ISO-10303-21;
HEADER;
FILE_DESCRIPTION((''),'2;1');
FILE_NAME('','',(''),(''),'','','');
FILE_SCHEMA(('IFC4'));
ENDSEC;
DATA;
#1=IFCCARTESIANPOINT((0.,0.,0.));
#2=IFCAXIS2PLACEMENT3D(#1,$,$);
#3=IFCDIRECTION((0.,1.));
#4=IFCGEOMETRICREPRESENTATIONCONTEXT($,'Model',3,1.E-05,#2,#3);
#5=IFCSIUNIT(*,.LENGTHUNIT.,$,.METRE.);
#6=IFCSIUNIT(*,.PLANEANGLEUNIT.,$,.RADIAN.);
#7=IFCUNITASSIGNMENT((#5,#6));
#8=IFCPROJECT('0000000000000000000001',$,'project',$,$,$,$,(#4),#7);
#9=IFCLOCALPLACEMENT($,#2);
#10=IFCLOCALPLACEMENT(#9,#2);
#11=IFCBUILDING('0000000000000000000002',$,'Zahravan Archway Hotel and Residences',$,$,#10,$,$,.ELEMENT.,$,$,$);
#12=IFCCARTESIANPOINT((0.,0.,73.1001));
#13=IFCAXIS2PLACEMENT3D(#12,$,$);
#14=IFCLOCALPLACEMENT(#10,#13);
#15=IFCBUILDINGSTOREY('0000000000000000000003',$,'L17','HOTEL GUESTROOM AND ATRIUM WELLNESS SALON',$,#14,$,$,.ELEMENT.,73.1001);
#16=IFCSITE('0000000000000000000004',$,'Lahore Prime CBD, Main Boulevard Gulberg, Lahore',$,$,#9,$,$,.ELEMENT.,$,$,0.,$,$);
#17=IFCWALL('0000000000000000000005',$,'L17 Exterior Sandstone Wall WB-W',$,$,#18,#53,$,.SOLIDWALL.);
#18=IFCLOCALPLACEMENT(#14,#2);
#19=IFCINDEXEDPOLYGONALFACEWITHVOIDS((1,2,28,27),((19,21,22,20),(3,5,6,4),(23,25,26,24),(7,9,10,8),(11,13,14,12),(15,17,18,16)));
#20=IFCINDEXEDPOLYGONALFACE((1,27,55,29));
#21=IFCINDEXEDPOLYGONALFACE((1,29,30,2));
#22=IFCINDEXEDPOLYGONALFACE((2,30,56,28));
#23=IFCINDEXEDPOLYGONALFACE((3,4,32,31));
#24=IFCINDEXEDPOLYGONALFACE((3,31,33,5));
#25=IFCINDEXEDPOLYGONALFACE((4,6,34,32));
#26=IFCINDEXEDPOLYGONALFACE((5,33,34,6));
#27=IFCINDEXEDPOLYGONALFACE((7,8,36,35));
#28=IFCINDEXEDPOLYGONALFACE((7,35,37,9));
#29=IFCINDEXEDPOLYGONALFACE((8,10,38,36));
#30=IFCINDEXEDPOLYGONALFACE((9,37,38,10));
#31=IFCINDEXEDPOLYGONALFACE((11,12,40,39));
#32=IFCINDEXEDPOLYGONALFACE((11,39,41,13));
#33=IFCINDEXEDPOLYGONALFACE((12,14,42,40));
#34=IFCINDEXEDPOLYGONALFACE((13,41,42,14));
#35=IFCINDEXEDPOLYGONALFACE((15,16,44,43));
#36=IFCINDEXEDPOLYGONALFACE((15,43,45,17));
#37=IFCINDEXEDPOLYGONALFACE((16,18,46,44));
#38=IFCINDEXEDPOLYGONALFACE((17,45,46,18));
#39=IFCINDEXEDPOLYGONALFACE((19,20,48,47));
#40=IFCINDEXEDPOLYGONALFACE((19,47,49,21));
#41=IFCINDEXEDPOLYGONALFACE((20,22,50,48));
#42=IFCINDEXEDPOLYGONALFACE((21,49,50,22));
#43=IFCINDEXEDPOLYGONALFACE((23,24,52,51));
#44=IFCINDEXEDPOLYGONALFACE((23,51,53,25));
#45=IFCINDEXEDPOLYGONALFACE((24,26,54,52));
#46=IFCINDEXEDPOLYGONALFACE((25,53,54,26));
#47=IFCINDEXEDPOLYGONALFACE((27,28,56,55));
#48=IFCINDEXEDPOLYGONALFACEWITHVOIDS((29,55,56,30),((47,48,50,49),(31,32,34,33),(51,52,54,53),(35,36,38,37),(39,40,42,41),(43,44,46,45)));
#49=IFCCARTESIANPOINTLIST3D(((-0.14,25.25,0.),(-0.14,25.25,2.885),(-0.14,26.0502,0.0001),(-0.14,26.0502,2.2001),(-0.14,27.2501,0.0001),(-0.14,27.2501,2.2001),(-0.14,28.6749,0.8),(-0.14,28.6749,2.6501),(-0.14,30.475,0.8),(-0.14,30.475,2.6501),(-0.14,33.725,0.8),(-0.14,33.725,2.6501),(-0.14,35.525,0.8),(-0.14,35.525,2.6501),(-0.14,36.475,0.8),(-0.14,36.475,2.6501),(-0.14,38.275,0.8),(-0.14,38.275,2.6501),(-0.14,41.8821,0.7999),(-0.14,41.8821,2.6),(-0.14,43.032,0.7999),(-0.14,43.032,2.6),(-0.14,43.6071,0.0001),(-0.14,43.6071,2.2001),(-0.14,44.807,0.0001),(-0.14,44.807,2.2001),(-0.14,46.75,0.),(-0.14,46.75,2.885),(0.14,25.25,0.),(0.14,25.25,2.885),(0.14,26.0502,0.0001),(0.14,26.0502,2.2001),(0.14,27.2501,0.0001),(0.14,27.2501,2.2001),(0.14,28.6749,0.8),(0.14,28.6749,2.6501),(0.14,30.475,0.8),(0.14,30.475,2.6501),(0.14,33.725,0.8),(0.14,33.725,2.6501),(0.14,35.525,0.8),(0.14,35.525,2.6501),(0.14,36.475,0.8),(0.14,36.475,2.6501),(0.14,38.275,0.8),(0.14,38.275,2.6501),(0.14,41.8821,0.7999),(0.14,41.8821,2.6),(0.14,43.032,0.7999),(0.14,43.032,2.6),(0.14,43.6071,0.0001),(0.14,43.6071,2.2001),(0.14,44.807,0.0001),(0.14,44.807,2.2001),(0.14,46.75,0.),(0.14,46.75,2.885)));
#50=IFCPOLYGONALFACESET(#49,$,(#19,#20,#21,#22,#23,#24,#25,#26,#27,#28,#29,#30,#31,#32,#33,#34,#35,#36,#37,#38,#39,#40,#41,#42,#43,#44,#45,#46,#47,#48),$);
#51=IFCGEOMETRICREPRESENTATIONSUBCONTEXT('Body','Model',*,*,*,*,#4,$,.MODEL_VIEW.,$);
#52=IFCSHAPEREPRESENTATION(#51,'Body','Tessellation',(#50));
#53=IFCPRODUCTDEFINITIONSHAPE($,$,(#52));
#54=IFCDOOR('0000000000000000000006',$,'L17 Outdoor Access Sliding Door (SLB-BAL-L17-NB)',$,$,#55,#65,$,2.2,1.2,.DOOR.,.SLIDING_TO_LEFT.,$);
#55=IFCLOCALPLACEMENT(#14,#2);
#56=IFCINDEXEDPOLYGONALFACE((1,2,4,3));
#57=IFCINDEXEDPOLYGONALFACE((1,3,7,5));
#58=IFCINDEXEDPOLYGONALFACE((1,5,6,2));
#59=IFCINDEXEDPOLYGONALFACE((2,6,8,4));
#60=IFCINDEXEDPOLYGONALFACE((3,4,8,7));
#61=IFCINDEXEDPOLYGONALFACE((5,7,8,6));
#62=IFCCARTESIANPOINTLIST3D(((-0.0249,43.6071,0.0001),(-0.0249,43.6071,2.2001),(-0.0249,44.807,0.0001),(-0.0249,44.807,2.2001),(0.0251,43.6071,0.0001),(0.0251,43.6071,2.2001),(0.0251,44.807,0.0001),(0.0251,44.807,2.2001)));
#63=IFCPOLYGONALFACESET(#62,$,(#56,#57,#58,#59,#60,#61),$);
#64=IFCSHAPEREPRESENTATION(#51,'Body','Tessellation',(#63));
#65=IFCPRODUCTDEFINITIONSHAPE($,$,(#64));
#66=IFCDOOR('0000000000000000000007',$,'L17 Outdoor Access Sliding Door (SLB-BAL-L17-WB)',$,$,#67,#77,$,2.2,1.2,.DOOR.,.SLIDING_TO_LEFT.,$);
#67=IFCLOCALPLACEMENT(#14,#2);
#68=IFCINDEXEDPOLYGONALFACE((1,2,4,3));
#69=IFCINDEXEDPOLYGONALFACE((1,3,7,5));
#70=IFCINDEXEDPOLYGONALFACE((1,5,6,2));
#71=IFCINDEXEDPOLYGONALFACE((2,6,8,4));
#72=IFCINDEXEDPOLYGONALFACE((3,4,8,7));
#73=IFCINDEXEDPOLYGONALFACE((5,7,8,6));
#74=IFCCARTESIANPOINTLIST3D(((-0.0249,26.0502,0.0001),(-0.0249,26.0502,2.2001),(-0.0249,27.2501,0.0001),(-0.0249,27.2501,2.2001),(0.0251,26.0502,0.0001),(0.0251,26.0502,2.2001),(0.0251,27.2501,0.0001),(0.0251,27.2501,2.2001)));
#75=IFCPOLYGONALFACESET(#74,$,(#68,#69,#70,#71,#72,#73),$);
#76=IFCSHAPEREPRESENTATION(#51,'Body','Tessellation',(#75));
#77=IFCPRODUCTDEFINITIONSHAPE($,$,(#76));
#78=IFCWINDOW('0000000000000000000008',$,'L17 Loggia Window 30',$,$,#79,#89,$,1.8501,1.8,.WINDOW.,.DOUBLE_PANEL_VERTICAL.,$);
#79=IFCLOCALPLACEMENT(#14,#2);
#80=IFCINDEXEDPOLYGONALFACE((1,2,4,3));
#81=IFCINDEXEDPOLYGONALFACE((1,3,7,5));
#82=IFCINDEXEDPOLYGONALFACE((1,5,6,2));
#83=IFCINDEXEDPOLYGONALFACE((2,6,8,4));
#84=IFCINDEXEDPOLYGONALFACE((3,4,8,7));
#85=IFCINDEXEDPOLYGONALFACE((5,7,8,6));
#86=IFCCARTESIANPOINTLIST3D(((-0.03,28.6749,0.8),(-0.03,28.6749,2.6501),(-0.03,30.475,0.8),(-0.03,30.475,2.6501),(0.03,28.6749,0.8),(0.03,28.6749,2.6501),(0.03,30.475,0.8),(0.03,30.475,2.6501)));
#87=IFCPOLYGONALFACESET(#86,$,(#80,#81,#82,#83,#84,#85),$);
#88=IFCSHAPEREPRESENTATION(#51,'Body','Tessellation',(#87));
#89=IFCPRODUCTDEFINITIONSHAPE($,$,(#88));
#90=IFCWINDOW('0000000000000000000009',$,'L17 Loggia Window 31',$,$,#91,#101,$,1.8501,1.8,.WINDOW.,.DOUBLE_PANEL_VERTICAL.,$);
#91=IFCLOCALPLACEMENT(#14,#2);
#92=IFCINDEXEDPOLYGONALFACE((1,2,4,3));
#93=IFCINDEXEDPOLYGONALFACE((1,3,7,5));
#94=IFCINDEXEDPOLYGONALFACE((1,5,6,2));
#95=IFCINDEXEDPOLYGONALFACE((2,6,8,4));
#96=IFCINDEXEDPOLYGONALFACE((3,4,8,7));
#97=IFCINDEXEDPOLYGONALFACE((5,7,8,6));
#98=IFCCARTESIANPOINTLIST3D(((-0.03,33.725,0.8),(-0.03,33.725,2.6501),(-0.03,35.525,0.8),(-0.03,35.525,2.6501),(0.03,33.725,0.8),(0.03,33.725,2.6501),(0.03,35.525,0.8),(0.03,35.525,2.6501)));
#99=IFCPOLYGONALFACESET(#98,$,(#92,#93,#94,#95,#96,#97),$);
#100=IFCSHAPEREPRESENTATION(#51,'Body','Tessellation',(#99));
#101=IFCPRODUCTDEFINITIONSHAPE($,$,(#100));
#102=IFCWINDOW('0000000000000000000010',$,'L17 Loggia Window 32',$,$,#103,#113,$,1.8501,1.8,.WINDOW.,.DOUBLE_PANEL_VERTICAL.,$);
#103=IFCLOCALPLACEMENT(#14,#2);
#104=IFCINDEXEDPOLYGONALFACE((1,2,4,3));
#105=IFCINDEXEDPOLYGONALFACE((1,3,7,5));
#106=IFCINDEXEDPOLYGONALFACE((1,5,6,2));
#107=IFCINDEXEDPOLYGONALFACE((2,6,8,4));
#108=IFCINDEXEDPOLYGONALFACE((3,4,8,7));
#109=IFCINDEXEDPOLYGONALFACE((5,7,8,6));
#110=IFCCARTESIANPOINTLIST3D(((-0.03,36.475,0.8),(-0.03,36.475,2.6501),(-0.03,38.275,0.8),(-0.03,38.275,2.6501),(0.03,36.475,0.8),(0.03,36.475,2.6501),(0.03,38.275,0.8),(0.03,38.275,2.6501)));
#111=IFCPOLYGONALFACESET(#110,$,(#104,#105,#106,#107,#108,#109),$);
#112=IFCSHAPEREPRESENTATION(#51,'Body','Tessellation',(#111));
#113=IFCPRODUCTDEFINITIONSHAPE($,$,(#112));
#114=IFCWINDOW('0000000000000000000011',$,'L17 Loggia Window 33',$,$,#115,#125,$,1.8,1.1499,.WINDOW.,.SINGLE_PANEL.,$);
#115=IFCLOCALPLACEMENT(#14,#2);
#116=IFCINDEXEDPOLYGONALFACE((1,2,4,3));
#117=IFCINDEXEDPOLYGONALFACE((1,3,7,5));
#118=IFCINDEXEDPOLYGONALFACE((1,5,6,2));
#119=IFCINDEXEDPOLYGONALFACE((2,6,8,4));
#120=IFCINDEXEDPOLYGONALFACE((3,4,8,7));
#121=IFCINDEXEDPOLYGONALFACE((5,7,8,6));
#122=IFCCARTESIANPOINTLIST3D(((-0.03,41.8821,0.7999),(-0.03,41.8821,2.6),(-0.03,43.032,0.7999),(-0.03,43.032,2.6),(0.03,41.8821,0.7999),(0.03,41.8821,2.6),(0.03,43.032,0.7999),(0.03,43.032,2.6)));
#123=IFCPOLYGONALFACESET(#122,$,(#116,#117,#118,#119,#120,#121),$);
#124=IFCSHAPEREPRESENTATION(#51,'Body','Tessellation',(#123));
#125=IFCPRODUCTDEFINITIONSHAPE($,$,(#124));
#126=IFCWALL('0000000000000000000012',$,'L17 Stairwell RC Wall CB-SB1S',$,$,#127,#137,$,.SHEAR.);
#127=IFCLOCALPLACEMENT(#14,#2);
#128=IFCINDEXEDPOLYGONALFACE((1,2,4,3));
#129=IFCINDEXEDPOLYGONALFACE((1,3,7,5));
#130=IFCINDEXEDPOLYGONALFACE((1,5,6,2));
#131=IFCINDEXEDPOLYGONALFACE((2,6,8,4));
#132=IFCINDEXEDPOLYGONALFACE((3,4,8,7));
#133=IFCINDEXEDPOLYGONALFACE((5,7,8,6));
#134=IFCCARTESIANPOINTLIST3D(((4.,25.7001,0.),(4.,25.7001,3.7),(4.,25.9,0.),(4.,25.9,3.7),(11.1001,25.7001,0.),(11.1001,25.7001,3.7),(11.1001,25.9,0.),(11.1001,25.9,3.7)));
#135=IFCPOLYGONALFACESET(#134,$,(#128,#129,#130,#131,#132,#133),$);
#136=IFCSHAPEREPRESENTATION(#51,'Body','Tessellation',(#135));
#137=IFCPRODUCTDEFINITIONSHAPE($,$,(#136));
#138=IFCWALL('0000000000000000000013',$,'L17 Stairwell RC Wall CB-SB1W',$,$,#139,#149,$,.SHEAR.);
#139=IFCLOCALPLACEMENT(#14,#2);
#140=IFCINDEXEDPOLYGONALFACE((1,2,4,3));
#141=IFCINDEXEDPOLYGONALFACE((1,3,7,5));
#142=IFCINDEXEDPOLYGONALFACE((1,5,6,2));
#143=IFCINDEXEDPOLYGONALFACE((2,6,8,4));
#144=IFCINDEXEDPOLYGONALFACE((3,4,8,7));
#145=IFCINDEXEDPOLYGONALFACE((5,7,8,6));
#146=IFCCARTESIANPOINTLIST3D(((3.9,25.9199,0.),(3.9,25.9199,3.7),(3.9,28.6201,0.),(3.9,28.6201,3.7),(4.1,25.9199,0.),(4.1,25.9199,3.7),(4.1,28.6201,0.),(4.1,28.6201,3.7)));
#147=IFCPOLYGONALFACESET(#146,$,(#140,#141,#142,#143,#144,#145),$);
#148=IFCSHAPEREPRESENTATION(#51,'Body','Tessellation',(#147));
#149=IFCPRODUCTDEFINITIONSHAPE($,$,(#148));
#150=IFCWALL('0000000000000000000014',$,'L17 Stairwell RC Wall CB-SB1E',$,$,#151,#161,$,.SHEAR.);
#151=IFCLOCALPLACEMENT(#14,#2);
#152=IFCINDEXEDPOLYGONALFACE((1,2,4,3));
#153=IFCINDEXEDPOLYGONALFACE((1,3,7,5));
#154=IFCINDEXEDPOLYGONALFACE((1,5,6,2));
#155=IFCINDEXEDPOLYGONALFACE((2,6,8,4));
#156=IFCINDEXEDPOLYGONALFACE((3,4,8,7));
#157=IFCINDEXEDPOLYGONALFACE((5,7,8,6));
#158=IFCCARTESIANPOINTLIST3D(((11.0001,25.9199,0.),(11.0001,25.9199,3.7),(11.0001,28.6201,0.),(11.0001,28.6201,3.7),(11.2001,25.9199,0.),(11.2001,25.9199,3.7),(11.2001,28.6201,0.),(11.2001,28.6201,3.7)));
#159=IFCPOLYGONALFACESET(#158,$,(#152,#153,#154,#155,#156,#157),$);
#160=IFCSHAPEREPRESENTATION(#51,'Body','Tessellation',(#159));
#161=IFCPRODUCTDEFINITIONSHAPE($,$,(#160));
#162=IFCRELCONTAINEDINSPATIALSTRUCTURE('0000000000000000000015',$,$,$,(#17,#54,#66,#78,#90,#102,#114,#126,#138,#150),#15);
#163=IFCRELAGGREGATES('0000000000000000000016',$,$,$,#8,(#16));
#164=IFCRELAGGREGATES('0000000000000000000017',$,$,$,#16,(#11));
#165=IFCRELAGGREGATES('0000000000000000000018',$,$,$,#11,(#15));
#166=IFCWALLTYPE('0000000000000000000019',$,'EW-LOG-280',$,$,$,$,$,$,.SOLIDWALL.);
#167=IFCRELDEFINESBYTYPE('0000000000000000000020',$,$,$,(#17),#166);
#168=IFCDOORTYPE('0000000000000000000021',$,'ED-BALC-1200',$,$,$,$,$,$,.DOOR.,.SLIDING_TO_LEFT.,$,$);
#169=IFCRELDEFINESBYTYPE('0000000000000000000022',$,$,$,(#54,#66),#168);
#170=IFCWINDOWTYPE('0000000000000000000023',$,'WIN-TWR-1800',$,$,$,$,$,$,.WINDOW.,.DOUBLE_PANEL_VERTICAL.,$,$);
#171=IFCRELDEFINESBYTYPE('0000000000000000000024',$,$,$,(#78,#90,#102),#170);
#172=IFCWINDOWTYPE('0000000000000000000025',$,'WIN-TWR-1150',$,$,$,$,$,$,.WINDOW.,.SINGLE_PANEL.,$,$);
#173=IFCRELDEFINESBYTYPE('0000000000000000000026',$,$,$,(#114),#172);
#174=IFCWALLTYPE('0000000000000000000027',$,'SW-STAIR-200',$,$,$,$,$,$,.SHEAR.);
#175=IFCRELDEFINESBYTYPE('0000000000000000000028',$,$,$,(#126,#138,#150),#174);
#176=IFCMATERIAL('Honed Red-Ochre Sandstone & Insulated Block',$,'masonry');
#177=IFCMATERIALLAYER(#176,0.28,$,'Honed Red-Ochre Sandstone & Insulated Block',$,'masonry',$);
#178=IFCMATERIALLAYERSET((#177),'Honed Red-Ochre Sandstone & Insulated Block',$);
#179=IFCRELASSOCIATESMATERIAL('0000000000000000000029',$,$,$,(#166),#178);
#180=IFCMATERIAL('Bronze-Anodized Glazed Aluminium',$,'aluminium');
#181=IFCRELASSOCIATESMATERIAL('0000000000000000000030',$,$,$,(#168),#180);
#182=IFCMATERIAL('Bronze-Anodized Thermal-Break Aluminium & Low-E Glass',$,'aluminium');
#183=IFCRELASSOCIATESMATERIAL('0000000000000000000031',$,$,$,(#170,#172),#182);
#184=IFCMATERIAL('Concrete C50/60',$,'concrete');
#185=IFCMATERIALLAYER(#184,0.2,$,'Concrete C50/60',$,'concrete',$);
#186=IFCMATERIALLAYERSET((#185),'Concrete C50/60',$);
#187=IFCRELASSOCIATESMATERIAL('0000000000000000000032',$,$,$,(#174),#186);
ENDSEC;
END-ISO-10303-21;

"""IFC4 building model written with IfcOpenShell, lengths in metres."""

from ifc_helpers import new_model, si_unit, direction, frame, frame_2d, origin, place, context, subcontext, project, spatial, rectangle, extrude, source, transform, mapped, material, layer, layer_set, type_object, type_shapes, element, fill, save


model = new_model("IFC4")

# Units and contexts
model_context = context("Model", 3, precision=1e-05, world=origin(), true_north=direction((0.0, 1.0)))
body_context = subcontext(model_context, "Body", "Model", "MODEL_VIEW")
ifc_project = project(units=[si_unit("LENGTHUNIT", "METRE"), si_unit("PLANEANGLEUNIT", "RADIAN")], contexts=[model_context])

# Site, building, storey
site_placement = place(None, origin())
site = spatial("IfcSite", under=ifc_project, at=site_placement, Name="Lahore Prime CBD, Main Boulevard Gulberg, Lahore", CompositionType="ELEMENT", RefElevation=0.0)
building_placement = place(site_placement, origin())
building = spatial("IfcBuilding", under=site, at=building_placement, Name="Zahravan Archway Hotel and Residences", CompositionType="ELEMENT")
storey_placement = place(building_placement, frame((0.0, 0.0, 73.1001)))
storey = spatial("IfcBuildingStorey", under=building, at=storey_placement, Name="L17", Description="HOTEL GUESTROOM AND ATRIUM WELLNESS SALON", CompositionType="ELEMENT", Elevation=73.1001)

# Shared definitions
ifc_material_1 = material(Name="Honed Red-Ochre Sandstone & Insulated Block", Category="masonry")
ifc_layer_1 = layer(ifc_material_1, 0.28, Name="Honed Red-Ochre Sandstone & Insulated Block", Category="masonry")
ifc_layer_set_1 = layer_set([ifc_layer_1], Name="Honed Red-Ochre Sandstone & Insulated Block")
wall_type_1 = type_object("IfcWallType", Name="EW-LOG-280", PredefinedType="SOLIDWALL", material=ifc_layer_set_1)
ifc_material_2 = material(Name="Bronze-Anodized Thermal-Break Aluminium & Low-E Glass", Category="aluminium")

# Wall, openings, doors, windows
wall_1_placement = place(storey_placement, frame((0.0, 25.25, 0.0), z_axis=(0.0, 0.0, 1.0), x_axis=(0.0, 1.0, 0.0)))
wall_1 = element("IfcWall", 1, at=wall_1_placement, inside=storey, type_object=wall_type_1, Name="L17 Exterior Sandstone Wall WB-W", PredefinedType="SOLIDWALL", context=body_context, shape_type="SweptSolid", body=[
    extrude(rectangle(XDim=21.5, YDim=0.28, at=frame_2d((10.75, 0.0))), origin(), (0.0, 0.0, 1.0), 2.885),
])
opening_1_placement = place(wall_1_placement, frame((18.3569, 0.0, 0.0)))
opening_1 = element("IfcOpeningElement", 2, at=opening_1_placement, cuts=wall_1, PredefinedType="OPENING", context=body_context, shape_type="SweptSolid", body=[
    extrude(rectangle(XDim=1.2, YDim=2.2, at=frame_2d((0.6001, 1.1001))), frame((0.0, 0.1499, 0.0), z_axis=(0.0, -1.0, 0.0), x_axis=(1.0, 0.0, 0.0)), (0.0, 0.0, 1.0), 0.3),
])
opening_2_placement = place(wall_1_placement, frame((0.8, 0.0, 0.0)))
opening_2 = element("IfcOpeningElement", 3, at=opening_2_placement, cuts=wall_1, PredefinedType="OPENING", context=body_context, shape_type="SweptSolid", body=[
    extrude(rectangle(XDim=1.2, YDim=2.2, at=frame_2d((0.6001, 1.1001))), frame((0.0, 0.1499, 0.0), z_axis=(0.0, -1.0, 0.0), x_axis=(1.0, 0.0, 0.0)), (0.0, 0.0, 1.0), 0.3),
])
opening_3_placement = place(wall_1_placement, frame((3.425, 0.0, 0.8)))
opening_3 = element("IfcOpeningElement", 4, at=opening_3_placement, cuts=wall_1, PredefinedType="OPENING", context=body_context, shape_type="SweptSolid", body=[
    extrude(rectangle(XDim=1.8, YDim=1.8501, at=frame_2d((0.8999, 0.925))), frame((0.0, 0.1499, 0.0), z_axis=(0.0, -1.0, 0.0), x_axis=(1.0, 0.0, 0.0)), (0.0, 0.0, 1.0), 0.3),
])
opening_4_placement = place(wall_1_placement, frame((8.4751, 0.0, 0.8)))
opening_4 = element("IfcOpeningElement", 5, at=opening_4_placement, cuts=wall_1, PredefinedType="OPENING", context=body_context, shape_type="SweptSolid", body=[
    extrude(rectangle(XDim=1.8, YDim=1.8501, at=frame_2d((0.8999, 0.925))), frame((0.0, 0.1499, 0.0), z_axis=(0.0, -1.0, 0.0), x_axis=(1.0, 0.0, 0.0)), (0.0, 0.0, 1.0), 0.3),
])
opening_5_placement = place(wall_1_placement, frame((11.2251, 0.0, 0.8)))
opening_5 = element("IfcOpeningElement", 6, at=opening_5_placement, cuts=wall_1, PredefinedType="OPENING", context=body_context, shape_type="SweptSolid", body=[
    extrude(rectangle(XDim=1.8, YDim=1.8501, at=frame_2d((0.8999, 0.925))), frame((0.0, 0.1499, 0.0), z_axis=(0.0, -1.0, 0.0), x_axis=(1.0, 0.0, 0.0)), (0.0, 0.0, 1.0), 0.3),
])
opening_6_placement = place(wall_1_placement, frame((16.6321, 0.0, 0.8)))
opening_6 = element("IfcOpeningElement", 7, at=opening_6_placement, cuts=wall_1, PredefinedType="OPENING", context=body_context, shape_type="SweptSolid", body=[
    extrude(rectangle(XDim=1.1499, YDim=1.8, at=frame_2d((0.575, 0.8999))), frame((0.0, 0.1499, 0.0), z_axis=(0.0, -1.0, 0.0), x_axis=(1.0, 0.0, 0.0)), (0.0, 0.0, 1.0), 0.3),
])
ifc_material_3 = material(Name="Bronze-Anodized Glazed Aluminium", Category="aluminium")
door_type_1 = type_object("IfcDoorType", Name="ED-BALC-1200", OperationType="SLIDING_TO_LEFT", PredefinedType="DOOR", material=ifc_material_3)
shared_shape_1 = source(origin(), body_context, "Body", "SweptSolid", [
    extrude(rectangle(XDim=1.2, YDim=2.2, at=frame_2d((0.6001, 1.1001))), frame((0.0, 0.0249, 0.0), z_axis=(0.0, -1.0, 0.0), x_axis=(1.0, 0.0, 0.0)), (0.0, 0.0, 1.0), 0.05),
])
type_shapes(door_type_1, [shared_shape_1])
door_1_placement = place(opening_1_placement, origin())
door_1 = element("IfcDoor", 8, at=door_1_placement, inside=storey, type_object=door_type_1, Name="L17 Outdoor Access Sliding Door (SLB-BAL-L17-NB)", OperationType="SLIDING_TO_LEFT", OverallHeight=2.2, OverallWidth=1.2, PredefinedType="DOOR", context=body_context, shape_type="MappedRepresentation", body=[
    mapped(shared_shape_1, transform((0.0, 0.0, 0.0), scale=1.0)),
])
fill(opening_1, door_1)
door_2_placement = place(opening_2_placement, origin())
door_2 = element("IfcDoor", 9, at=door_2_placement, inside=storey, type_object=door_type_1, Name="L17 Outdoor Access Sliding Door (SLB-BAL-L17-WB)", OperationType="SLIDING_TO_LEFT", OverallHeight=2.2, OverallWidth=1.2, PredefinedType="DOOR", context=body_context, shape_type="MappedRepresentation", body=[
    mapped(shared_shape_1, transform((0.0, 0.0, 0.0), scale=1.0)),
])
fill(opening_2, door_2)
window_type_1 = type_object("IfcWindowType", Name="WIN-TWR-1800", PartitioningType="DOUBLE_PANEL_VERTICAL", PredefinedType="WINDOW", material=ifc_material_2)
shared_shape_2 = source(origin(), body_context, "Body", "SweptSolid", [
    extrude(rectangle(XDim=1.8, YDim=1.8501, at=frame_2d((0.8999, 0.925))), frame((0.0, 0.03, 0.0), z_axis=(0.0, -1.0, 0.0), x_axis=(1.0, 0.0, 0.0)), (0.0, 0.0, 1.0), 0.0601),
])
type_shapes(window_type_1, [shared_shape_2])
window_1_placement = place(opening_3_placement, origin())
window_1 = element("IfcWindow", 10, at=window_1_placement, inside=storey, type_object=window_type_1, Name="L17 Loggia Window 30", OverallHeight=1.8501, OverallWidth=1.8, PartitioningType="DOUBLE_PANEL_VERTICAL", PredefinedType="WINDOW", context=body_context, shape_type="MappedRepresentation", body=[
    mapped(shared_shape_2, transform((0.0, 0.0, 0.0), scale=1.0)),
])
fill(opening_3, window_1)
window_2_placement = place(opening_4_placement, origin())
window_2 = element("IfcWindow", 11, at=window_2_placement, inside=storey, type_object=window_type_1, Name="L17 Loggia Window 31", OverallHeight=1.8501, OverallWidth=1.8, PartitioningType="DOUBLE_PANEL_VERTICAL", PredefinedType="WINDOW", context=body_context, shape_type="MappedRepresentation", body=[
    mapped(shared_shape_2, transform((0.0, 0.0, 0.0), scale=1.0)),
])
fill(opening_4, window_2)
window_3_placement = place(opening_5_placement, origin())
window_3 = element("IfcWindow", 12, at=window_3_placement, inside=storey, type_object=window_type_1, Name="L17 Loggia Window 32", OverallHeight=1.8501, OverallWidth=1.8, PartitioningType="DOUBLE_PANEL_VERTICAL", PredefinedType="WINDOW", context=body_context, shape_type="MappedRepresentation", body=[
    mapped(shared_shape_2, transform((0.0, 0.0, 0.0), scale=1.0)),
])
fill(opening_5, window_3)
window_type_2 = type_object("IfcWindowType", Name="WIN-TWR-1150", PartitioningType="SINGLE_PANEL", PredefinedType="WINDOW", material=ifc_material_2)
shared_shape_3 = source(origin(), body_context, "Body", "SweptSolid", [
    extrude(rectangle(XDim=1.1499, YDim=1.8, at=frame_2d((0.575, 0.8999))), frame((0.0, 0.03, 0.0), z_axis=(0.0, -1.0, 0.0), x_axis=(1.0, 0.0, 0.0)), (0.0, 0.0, 1.0), 0.0601),
])
type_shapes(window_type_2, [shared_shape_3])
window_4_placement = place(opening_6_placement, origin())
window_4 = element("IfcWindow", 13, at=window_4_placement, inside=storey, type_object=window_type_2, Name="L17 Loggia Window 33", OverallHeight=1.8, OverallWidth=1.1499, PartitioningType="SINGLE_PANEL", PredefinedType="WINDOW", context=body_context, shape_type="MappedRepresentation", body=[
    mapped(shared_shape_3, transform((0.0, 0.0, 0.0), scale=1.0)),
])
fill(opening_6, window_4)

# Walls
ifc_material_4 = material(Name="Concrete C50/60", Category="concrete")
ifc_layer_2 = layer(ifc_material_4, 0.2, Name="Concrete C50/60", Category="concrete")
ifc_layer_set_2 = layer_set([ifc_layer_2], Name="Concrete C50/60")
wall_type_2 = type_object("IfcWallType", Name="SW-STAIR-200", PredefinedType="SHEAR", material=ifc_layer_set_2)
wall_2_placement = place(storey_placement, frame((4.0, 25.8, 0.0), z_axis=(0.0, 0.0, 1.0), x_axis=(1.0, 0.0, 0.0)))
element("IfcWall", 14, at=wall_2_placement, inside=storey, type_object=wall_type_2, Name="L17 Stairwell RC Wall CB-SB1S", PredefinedType="SHEAR", context=body_context, shape_type="SweptSolid", body=[
    extrude(rectangle(XDim=7.1001, YDim=0.2, at=frame_2d((3.55, 0.0))), origin(), (0.0, 0.0, 1.0), 3.7),
])
for number, where, z_axis, x_axis, name in (
    (15, (4.0, 25.9199, 0.0), (0.0, 0.0, 1.0), (0.0, 1.0, 0.0), "L17 Stairwell RC Wall CB-SB1W"),
    (16, (11.1001, 25.9199, 0.0), (0.0, 0.0, 1.0), (0.0, 1.0, 0.0), "L17 Stairwell RC Wall CB-SB1E"),
):
    element("IfcWall", number, at=place(storey_placement, frame(where, z_axis=z_axis, x_axis=x_axis)), inside=storey, type_object=wall_type_2, Name=name, PredefinedType="SHEAR", context=body_context, shape_type="SweptSolid", body=[
        extrude(rectangle(XDim=2.7002, YDim=0.2, at=frame_2d((1.3501, 0.0))), origin(), (0.0, 0.0, 1.0), 3.7),
    ])

save(model, "model.ifc")
